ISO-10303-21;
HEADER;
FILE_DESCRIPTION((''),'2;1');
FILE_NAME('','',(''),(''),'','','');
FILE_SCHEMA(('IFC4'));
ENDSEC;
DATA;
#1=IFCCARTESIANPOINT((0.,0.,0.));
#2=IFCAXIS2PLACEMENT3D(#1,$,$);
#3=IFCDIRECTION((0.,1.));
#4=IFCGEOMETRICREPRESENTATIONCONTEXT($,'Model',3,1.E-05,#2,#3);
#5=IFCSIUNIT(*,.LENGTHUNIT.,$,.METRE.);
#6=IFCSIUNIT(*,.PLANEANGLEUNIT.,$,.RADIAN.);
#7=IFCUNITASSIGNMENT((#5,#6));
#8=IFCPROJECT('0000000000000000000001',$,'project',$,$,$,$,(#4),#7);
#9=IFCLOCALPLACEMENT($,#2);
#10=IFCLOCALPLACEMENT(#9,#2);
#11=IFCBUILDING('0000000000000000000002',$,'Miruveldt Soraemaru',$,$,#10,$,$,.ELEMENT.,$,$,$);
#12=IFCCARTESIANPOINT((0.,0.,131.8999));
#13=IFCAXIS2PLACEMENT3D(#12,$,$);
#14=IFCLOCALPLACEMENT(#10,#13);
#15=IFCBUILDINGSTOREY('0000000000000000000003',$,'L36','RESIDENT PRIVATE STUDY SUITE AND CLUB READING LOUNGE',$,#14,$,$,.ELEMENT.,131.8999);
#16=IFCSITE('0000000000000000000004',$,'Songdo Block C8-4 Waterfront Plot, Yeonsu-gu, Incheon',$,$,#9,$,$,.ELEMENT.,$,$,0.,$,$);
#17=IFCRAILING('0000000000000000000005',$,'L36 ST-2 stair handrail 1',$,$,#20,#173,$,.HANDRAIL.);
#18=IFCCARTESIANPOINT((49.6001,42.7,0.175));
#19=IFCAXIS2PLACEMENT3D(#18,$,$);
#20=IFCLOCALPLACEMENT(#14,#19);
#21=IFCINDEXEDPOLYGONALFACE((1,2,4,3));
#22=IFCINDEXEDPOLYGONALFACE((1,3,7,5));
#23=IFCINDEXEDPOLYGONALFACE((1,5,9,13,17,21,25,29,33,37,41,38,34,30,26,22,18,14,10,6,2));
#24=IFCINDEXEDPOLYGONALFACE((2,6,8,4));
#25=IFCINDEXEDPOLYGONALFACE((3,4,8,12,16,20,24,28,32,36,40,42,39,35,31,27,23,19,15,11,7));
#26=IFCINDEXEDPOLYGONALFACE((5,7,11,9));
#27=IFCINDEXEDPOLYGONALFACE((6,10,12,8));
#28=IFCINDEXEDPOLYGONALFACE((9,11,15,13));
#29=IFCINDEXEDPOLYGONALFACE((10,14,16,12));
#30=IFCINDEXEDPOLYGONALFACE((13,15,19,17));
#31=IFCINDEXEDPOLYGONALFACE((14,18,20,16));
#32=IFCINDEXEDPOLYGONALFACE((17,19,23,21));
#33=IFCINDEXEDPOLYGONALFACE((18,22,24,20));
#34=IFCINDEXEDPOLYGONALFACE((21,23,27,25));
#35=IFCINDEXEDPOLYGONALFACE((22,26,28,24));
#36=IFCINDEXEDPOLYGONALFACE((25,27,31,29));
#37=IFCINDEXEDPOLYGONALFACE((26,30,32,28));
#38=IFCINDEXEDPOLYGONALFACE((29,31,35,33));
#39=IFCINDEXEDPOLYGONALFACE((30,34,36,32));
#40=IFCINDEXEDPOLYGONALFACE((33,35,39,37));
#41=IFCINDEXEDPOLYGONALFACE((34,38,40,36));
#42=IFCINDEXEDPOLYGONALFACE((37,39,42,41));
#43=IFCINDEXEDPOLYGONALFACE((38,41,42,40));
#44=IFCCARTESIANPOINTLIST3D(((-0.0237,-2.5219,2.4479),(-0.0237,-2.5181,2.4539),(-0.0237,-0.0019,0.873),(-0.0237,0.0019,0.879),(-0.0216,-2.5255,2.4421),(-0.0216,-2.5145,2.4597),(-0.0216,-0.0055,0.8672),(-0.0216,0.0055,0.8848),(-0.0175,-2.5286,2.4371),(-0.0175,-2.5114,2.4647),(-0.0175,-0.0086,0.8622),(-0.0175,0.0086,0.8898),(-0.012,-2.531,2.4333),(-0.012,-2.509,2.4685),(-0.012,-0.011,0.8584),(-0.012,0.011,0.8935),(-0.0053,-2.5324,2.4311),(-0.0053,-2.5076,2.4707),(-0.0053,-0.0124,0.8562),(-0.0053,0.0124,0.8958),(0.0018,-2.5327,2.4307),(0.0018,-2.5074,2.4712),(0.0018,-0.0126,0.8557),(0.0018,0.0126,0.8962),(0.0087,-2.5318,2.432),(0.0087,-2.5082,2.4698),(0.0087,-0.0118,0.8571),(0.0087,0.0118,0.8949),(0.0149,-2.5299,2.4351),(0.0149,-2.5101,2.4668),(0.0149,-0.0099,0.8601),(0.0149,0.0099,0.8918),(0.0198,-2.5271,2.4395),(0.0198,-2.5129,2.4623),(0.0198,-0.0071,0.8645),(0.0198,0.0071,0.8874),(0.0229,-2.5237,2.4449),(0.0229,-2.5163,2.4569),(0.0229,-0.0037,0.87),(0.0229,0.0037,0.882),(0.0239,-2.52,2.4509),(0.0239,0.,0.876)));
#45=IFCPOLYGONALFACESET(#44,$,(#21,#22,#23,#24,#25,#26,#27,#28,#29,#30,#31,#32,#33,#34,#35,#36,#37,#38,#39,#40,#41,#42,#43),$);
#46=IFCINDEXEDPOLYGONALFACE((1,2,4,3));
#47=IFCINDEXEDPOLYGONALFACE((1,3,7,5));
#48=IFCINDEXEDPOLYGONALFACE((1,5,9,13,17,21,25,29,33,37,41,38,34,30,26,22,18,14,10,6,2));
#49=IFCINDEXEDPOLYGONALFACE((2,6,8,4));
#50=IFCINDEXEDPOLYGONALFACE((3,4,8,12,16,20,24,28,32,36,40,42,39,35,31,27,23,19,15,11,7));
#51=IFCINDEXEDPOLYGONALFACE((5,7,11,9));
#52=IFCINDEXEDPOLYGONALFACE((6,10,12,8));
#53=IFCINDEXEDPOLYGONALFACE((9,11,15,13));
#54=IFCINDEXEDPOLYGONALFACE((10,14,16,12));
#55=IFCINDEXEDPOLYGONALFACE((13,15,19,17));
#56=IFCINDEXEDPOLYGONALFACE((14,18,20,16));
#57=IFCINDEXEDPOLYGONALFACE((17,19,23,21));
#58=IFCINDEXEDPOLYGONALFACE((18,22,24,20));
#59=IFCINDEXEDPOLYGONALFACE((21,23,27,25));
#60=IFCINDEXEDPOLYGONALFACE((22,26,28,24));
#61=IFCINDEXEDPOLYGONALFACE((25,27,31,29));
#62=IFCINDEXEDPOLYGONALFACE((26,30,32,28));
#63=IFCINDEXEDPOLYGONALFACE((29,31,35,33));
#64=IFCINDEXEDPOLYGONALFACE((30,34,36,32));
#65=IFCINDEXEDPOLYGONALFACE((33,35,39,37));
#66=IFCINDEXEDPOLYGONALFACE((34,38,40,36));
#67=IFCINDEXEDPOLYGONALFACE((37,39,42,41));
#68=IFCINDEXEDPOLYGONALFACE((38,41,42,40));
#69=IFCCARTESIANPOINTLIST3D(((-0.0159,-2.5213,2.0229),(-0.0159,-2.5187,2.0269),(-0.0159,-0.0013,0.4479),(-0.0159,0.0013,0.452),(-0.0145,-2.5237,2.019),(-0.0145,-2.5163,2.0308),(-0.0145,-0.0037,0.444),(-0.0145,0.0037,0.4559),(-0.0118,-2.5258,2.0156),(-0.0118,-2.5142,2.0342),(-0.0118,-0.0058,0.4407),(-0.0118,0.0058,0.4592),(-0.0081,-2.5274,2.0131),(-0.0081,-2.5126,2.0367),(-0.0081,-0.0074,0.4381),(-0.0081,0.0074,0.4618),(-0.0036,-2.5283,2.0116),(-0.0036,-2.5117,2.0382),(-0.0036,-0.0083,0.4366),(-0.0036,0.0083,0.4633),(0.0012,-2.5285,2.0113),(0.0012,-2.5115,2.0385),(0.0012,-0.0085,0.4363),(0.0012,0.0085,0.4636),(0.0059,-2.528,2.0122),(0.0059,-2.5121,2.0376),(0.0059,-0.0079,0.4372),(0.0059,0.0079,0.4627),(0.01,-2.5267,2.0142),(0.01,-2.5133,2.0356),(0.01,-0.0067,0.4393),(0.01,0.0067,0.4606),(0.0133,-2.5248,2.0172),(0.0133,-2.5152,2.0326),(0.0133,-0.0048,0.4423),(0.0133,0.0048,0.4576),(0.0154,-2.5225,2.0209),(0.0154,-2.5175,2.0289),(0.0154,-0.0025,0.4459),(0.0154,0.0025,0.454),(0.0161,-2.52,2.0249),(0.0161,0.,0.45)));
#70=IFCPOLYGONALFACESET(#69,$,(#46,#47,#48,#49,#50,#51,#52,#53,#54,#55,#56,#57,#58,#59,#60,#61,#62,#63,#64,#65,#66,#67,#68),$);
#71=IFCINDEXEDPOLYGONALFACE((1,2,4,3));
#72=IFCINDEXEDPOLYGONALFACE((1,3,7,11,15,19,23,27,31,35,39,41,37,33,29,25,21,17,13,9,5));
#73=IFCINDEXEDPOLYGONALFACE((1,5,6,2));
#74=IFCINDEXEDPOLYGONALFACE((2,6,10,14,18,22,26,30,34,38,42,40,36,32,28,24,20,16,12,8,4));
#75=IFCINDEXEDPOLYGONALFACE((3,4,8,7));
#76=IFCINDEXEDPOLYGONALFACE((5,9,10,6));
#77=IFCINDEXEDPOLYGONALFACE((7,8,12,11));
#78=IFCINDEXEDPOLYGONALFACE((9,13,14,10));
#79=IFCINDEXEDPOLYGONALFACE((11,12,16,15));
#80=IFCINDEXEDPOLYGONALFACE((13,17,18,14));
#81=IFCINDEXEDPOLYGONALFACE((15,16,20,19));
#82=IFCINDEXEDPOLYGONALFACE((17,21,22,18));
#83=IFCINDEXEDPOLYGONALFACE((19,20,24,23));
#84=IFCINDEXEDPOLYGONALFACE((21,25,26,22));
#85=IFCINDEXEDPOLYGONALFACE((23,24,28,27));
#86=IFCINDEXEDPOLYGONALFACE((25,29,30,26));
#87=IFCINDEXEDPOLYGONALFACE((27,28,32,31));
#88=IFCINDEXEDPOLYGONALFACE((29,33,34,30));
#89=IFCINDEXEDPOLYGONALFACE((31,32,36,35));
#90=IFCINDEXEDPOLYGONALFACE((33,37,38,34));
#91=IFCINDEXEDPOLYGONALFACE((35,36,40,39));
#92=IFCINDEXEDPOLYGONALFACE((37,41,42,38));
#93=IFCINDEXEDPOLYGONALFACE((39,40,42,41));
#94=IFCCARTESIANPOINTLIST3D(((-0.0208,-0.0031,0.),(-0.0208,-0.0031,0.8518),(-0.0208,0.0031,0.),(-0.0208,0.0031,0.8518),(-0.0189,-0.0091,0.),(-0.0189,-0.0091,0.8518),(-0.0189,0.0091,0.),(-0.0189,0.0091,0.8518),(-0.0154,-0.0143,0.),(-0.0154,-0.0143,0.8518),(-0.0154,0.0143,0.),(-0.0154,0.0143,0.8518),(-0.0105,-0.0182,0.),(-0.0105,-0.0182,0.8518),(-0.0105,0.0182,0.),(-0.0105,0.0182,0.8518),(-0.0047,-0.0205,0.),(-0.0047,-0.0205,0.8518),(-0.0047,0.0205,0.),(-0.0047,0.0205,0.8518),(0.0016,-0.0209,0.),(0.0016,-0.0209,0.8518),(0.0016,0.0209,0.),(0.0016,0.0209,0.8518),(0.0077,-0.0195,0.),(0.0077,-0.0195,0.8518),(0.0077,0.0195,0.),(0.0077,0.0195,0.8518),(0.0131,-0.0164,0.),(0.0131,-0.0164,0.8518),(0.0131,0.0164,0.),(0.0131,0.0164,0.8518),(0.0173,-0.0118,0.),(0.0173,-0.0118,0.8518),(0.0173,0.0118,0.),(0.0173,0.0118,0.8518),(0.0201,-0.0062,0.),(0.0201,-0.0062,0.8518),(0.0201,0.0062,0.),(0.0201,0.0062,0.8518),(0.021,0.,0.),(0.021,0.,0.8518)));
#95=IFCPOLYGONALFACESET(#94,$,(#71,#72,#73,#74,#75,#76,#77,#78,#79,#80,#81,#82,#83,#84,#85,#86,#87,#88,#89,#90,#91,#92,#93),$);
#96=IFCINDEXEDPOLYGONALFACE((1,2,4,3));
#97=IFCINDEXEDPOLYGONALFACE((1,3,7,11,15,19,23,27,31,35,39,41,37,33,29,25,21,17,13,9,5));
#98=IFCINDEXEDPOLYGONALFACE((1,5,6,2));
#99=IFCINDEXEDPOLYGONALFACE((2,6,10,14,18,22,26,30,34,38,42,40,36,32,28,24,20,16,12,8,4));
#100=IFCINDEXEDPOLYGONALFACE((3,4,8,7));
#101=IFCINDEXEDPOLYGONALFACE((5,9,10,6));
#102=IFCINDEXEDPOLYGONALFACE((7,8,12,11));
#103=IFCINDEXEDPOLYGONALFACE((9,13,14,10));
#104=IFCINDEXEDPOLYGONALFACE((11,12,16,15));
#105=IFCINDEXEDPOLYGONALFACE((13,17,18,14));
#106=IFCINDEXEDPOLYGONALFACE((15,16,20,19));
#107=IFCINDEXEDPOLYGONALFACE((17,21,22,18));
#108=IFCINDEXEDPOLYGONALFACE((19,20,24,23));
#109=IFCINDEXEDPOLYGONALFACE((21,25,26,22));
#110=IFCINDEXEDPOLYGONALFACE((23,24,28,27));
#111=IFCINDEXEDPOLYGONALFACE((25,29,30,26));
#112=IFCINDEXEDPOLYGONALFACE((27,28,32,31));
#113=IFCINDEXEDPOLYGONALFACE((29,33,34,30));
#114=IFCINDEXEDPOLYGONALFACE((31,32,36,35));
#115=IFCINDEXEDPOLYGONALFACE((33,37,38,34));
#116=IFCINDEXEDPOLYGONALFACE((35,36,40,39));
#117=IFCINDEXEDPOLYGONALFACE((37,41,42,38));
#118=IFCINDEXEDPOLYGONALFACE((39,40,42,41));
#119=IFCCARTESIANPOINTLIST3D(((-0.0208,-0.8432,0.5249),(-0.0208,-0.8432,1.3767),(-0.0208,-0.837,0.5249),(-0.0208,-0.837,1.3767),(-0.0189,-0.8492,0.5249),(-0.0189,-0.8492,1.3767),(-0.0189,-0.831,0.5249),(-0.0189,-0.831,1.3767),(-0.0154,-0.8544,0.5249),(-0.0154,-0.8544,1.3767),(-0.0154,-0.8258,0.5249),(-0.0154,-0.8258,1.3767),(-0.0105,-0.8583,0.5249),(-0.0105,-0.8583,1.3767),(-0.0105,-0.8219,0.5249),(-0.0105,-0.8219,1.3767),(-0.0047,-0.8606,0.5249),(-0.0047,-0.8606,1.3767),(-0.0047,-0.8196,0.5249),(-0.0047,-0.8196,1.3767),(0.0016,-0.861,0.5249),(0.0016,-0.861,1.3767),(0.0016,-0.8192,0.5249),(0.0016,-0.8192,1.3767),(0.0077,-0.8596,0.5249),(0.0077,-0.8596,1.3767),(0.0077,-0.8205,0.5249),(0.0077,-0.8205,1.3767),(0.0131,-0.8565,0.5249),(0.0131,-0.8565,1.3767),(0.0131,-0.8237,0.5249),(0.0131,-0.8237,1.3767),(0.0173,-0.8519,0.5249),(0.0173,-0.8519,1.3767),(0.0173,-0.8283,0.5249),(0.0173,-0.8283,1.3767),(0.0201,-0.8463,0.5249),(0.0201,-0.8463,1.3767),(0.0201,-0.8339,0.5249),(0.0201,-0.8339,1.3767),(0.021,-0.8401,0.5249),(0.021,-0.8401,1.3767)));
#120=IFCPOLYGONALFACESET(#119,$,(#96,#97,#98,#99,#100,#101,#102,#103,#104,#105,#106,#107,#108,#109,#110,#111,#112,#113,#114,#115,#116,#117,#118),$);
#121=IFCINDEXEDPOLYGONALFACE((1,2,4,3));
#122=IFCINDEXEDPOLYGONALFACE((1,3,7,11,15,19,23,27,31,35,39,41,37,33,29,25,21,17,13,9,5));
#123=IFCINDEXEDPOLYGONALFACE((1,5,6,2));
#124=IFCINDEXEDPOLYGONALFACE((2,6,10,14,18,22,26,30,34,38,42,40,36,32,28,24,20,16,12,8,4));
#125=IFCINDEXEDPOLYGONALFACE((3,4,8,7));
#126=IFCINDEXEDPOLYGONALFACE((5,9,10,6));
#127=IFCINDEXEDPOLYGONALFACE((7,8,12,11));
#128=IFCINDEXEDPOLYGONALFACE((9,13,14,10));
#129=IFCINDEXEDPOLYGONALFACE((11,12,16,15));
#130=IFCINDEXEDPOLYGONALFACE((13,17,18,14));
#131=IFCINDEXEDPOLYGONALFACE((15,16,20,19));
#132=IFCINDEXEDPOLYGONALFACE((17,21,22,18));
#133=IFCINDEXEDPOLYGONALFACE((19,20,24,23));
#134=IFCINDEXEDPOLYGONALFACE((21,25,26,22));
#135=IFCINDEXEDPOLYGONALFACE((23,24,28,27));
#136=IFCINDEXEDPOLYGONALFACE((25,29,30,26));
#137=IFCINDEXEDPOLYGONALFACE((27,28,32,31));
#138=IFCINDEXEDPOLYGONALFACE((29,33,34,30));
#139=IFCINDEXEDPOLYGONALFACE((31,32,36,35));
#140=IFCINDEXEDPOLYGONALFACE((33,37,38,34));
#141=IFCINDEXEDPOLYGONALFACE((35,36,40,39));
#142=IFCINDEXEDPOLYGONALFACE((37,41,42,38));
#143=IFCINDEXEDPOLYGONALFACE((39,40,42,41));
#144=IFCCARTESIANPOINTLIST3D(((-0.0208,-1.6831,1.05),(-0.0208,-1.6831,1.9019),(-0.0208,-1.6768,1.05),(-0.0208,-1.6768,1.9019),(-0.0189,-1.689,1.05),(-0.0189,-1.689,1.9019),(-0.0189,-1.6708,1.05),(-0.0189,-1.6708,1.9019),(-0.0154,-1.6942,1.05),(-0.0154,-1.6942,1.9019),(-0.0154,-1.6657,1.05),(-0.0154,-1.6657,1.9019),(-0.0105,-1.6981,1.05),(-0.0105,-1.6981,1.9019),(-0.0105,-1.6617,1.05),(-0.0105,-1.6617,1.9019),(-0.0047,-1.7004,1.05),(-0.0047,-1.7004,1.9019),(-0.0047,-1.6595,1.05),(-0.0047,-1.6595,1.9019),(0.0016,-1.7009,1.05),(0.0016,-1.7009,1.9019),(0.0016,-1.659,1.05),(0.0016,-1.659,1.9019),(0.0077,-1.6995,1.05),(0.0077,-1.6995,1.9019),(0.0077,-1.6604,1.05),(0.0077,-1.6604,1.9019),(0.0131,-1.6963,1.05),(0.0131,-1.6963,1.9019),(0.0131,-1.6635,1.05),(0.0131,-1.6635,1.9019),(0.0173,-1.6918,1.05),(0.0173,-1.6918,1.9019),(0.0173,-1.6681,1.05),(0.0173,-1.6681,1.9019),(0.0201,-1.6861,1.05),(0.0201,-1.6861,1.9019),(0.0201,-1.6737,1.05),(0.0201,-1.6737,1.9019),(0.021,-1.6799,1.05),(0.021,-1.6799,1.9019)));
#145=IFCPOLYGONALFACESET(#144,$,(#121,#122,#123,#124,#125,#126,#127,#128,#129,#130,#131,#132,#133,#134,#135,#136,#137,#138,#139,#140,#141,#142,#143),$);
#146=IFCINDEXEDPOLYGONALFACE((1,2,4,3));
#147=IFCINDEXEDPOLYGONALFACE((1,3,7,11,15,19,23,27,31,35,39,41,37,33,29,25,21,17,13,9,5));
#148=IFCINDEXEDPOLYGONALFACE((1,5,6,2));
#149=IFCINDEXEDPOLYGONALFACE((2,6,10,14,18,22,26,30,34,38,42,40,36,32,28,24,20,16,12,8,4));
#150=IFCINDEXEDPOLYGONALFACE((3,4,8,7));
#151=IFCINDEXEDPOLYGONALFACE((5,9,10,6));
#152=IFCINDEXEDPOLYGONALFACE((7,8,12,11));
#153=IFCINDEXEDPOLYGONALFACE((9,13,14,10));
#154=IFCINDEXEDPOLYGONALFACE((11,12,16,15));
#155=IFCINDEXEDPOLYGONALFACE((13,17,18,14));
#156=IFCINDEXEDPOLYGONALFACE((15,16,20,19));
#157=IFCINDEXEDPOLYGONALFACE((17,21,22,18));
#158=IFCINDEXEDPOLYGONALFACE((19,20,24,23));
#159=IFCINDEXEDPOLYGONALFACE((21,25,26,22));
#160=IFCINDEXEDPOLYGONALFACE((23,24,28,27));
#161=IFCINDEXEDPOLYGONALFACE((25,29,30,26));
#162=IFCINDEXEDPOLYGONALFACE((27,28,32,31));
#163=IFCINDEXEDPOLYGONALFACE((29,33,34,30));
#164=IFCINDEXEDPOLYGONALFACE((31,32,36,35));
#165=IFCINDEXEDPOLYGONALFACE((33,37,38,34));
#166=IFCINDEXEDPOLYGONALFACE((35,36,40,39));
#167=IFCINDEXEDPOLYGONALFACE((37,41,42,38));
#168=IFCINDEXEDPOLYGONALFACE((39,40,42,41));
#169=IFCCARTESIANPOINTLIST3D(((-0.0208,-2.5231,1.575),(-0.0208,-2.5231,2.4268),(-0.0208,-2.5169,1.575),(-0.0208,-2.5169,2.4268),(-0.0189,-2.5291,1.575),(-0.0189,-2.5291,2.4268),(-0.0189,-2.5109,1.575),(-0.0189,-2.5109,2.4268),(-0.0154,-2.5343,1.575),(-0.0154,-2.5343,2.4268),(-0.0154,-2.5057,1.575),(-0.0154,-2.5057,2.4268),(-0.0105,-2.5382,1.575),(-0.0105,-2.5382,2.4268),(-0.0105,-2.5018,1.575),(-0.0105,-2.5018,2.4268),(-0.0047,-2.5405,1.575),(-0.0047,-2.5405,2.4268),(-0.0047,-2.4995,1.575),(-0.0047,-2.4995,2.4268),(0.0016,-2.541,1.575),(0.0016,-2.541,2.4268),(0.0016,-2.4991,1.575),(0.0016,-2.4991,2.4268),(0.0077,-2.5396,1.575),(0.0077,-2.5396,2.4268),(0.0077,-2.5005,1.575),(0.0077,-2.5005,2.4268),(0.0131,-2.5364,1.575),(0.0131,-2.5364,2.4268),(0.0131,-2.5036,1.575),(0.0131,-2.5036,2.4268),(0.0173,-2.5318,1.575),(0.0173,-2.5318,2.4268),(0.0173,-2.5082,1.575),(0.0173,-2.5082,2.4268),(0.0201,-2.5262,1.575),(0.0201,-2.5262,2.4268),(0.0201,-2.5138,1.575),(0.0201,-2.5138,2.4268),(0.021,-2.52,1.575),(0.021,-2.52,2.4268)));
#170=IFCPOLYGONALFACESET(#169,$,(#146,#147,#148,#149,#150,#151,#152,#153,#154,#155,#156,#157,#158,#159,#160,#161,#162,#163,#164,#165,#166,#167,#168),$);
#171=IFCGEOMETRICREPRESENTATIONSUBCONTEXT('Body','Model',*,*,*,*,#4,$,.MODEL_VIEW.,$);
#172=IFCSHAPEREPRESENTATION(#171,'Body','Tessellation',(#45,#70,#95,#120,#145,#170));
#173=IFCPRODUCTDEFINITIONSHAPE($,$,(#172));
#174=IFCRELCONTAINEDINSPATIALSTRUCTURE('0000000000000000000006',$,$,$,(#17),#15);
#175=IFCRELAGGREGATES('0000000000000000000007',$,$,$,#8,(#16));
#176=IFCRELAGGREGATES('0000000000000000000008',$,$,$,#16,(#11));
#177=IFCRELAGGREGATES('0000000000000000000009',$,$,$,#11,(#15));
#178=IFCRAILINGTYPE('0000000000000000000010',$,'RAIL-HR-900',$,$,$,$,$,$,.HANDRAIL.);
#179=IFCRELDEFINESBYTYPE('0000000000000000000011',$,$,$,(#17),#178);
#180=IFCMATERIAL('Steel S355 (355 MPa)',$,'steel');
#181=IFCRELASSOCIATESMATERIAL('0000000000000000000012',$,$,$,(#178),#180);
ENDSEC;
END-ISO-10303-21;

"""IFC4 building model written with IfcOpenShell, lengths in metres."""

from ifc_helpers import new_model, si_unit, direction, frame, origin, origin_2d, place, context, subcontext, project, spatial, circle, extrude, material, type_object, element, save


model = new_model("IFC4")

# Units and contexts
model_context = context("Model", 3, precision=1e-05, world=origin(), true_north=direction((0.0, 1.0)))
body_context = subcontext(model_context, "Body", "Model", "MODEL_VIEW")
ifc_project = project(units=[si_unit("LENGTHUNIT", "METRE"), si_unit("PLANEANGLEUNIT", "RADIAN")], contexts=[model_context])

# Site, building, storey
site_placement = place(None, origin())
site = spatial("IfcSite", under=ifc_project, at=site_placement, Name="Songdo Block C8-4 Waterfront Plot, Yeonsu-gu, Incheon", CompositionType="ELEMENT", RefElevation=0.0)
building_placement = place(site_placement, origin())
building = spatial("IfcBuilding", under=site, at=building_placement, Name="Miruveldt Soraemaru", CompositionType="ELEMENT")
storey_placement = place(building_placement, frame((0.0, 0.0, 131.8999)))
storey = spatial("IfcBuildingStorey", under=building, at=storey_placement, Name="L36", Description="RESIDENT PRIVATE STUDY SUITE AND CLUB READING LOUNGE", CompositionType="ELEMENT", Elevation=131.8999)

# Railing
ifc_material_1 = material(Name="Steel S355 (355 MPa)", Category="steel")
railing_type_1 = type_object("IfcRailingType", Name="RAIL-HR-900", PredefinedType="HANDRAIL", material=ifc_material_1)
railing_1_placement = place(storey_placement, frame((49.6001, 42.7, 0.175)))
element("IfcRailing", 1, at=railing_1_placement, inside=storey, type_object=railing_type_1, Name="L36 ST-2 stair handrail 1", PredefinedType="HANDRAIL", context=body_context, shape_type="SweptSolid", body=[
    extrude(circle(Radius=0.0239, at=origin_2d()), frame((0.0, 0.0, 0.876), z_axis=(0.0, -0.848008, 0.529984), x_axis=(1.0, 0.0, 0.0)), (0.0, 0.0, 1.0), 2.9717),
    extrude(circle(Radius=0.0161, at=origin_2d()), frame((0.0, 0.0, 0.45), z_axis=(0.0, -0.848008, 0.529984), x_axis=(1.0, 0.0, 0.0)), (0.0, 0.0, 1.0), 2.9717),
    extrude(circle(Radius=0.021, at=origin_2d()), origin(), (0.0, 0.0, 1.0), 0.8518),
    extrude(circle(Radius=0.021, at=origin_2d()), frame((0.0, -0.8401, 0.5249)), (0.0, 0.0, 1.0), 0.8518),
    extrude(circle(Radius=0.021, at=origin_2d()), frame((0.0, -1.6799, 1.05)), (0.0, 0.0, 1.0), 0.8518),
    extrude(circle(Radius=0.021, at=origin_2d()), frame((0.0, -2.52, 1.575)), (0.0, 0.0, 1.0), 0.8518),
])

save(model, "model.ifc")
